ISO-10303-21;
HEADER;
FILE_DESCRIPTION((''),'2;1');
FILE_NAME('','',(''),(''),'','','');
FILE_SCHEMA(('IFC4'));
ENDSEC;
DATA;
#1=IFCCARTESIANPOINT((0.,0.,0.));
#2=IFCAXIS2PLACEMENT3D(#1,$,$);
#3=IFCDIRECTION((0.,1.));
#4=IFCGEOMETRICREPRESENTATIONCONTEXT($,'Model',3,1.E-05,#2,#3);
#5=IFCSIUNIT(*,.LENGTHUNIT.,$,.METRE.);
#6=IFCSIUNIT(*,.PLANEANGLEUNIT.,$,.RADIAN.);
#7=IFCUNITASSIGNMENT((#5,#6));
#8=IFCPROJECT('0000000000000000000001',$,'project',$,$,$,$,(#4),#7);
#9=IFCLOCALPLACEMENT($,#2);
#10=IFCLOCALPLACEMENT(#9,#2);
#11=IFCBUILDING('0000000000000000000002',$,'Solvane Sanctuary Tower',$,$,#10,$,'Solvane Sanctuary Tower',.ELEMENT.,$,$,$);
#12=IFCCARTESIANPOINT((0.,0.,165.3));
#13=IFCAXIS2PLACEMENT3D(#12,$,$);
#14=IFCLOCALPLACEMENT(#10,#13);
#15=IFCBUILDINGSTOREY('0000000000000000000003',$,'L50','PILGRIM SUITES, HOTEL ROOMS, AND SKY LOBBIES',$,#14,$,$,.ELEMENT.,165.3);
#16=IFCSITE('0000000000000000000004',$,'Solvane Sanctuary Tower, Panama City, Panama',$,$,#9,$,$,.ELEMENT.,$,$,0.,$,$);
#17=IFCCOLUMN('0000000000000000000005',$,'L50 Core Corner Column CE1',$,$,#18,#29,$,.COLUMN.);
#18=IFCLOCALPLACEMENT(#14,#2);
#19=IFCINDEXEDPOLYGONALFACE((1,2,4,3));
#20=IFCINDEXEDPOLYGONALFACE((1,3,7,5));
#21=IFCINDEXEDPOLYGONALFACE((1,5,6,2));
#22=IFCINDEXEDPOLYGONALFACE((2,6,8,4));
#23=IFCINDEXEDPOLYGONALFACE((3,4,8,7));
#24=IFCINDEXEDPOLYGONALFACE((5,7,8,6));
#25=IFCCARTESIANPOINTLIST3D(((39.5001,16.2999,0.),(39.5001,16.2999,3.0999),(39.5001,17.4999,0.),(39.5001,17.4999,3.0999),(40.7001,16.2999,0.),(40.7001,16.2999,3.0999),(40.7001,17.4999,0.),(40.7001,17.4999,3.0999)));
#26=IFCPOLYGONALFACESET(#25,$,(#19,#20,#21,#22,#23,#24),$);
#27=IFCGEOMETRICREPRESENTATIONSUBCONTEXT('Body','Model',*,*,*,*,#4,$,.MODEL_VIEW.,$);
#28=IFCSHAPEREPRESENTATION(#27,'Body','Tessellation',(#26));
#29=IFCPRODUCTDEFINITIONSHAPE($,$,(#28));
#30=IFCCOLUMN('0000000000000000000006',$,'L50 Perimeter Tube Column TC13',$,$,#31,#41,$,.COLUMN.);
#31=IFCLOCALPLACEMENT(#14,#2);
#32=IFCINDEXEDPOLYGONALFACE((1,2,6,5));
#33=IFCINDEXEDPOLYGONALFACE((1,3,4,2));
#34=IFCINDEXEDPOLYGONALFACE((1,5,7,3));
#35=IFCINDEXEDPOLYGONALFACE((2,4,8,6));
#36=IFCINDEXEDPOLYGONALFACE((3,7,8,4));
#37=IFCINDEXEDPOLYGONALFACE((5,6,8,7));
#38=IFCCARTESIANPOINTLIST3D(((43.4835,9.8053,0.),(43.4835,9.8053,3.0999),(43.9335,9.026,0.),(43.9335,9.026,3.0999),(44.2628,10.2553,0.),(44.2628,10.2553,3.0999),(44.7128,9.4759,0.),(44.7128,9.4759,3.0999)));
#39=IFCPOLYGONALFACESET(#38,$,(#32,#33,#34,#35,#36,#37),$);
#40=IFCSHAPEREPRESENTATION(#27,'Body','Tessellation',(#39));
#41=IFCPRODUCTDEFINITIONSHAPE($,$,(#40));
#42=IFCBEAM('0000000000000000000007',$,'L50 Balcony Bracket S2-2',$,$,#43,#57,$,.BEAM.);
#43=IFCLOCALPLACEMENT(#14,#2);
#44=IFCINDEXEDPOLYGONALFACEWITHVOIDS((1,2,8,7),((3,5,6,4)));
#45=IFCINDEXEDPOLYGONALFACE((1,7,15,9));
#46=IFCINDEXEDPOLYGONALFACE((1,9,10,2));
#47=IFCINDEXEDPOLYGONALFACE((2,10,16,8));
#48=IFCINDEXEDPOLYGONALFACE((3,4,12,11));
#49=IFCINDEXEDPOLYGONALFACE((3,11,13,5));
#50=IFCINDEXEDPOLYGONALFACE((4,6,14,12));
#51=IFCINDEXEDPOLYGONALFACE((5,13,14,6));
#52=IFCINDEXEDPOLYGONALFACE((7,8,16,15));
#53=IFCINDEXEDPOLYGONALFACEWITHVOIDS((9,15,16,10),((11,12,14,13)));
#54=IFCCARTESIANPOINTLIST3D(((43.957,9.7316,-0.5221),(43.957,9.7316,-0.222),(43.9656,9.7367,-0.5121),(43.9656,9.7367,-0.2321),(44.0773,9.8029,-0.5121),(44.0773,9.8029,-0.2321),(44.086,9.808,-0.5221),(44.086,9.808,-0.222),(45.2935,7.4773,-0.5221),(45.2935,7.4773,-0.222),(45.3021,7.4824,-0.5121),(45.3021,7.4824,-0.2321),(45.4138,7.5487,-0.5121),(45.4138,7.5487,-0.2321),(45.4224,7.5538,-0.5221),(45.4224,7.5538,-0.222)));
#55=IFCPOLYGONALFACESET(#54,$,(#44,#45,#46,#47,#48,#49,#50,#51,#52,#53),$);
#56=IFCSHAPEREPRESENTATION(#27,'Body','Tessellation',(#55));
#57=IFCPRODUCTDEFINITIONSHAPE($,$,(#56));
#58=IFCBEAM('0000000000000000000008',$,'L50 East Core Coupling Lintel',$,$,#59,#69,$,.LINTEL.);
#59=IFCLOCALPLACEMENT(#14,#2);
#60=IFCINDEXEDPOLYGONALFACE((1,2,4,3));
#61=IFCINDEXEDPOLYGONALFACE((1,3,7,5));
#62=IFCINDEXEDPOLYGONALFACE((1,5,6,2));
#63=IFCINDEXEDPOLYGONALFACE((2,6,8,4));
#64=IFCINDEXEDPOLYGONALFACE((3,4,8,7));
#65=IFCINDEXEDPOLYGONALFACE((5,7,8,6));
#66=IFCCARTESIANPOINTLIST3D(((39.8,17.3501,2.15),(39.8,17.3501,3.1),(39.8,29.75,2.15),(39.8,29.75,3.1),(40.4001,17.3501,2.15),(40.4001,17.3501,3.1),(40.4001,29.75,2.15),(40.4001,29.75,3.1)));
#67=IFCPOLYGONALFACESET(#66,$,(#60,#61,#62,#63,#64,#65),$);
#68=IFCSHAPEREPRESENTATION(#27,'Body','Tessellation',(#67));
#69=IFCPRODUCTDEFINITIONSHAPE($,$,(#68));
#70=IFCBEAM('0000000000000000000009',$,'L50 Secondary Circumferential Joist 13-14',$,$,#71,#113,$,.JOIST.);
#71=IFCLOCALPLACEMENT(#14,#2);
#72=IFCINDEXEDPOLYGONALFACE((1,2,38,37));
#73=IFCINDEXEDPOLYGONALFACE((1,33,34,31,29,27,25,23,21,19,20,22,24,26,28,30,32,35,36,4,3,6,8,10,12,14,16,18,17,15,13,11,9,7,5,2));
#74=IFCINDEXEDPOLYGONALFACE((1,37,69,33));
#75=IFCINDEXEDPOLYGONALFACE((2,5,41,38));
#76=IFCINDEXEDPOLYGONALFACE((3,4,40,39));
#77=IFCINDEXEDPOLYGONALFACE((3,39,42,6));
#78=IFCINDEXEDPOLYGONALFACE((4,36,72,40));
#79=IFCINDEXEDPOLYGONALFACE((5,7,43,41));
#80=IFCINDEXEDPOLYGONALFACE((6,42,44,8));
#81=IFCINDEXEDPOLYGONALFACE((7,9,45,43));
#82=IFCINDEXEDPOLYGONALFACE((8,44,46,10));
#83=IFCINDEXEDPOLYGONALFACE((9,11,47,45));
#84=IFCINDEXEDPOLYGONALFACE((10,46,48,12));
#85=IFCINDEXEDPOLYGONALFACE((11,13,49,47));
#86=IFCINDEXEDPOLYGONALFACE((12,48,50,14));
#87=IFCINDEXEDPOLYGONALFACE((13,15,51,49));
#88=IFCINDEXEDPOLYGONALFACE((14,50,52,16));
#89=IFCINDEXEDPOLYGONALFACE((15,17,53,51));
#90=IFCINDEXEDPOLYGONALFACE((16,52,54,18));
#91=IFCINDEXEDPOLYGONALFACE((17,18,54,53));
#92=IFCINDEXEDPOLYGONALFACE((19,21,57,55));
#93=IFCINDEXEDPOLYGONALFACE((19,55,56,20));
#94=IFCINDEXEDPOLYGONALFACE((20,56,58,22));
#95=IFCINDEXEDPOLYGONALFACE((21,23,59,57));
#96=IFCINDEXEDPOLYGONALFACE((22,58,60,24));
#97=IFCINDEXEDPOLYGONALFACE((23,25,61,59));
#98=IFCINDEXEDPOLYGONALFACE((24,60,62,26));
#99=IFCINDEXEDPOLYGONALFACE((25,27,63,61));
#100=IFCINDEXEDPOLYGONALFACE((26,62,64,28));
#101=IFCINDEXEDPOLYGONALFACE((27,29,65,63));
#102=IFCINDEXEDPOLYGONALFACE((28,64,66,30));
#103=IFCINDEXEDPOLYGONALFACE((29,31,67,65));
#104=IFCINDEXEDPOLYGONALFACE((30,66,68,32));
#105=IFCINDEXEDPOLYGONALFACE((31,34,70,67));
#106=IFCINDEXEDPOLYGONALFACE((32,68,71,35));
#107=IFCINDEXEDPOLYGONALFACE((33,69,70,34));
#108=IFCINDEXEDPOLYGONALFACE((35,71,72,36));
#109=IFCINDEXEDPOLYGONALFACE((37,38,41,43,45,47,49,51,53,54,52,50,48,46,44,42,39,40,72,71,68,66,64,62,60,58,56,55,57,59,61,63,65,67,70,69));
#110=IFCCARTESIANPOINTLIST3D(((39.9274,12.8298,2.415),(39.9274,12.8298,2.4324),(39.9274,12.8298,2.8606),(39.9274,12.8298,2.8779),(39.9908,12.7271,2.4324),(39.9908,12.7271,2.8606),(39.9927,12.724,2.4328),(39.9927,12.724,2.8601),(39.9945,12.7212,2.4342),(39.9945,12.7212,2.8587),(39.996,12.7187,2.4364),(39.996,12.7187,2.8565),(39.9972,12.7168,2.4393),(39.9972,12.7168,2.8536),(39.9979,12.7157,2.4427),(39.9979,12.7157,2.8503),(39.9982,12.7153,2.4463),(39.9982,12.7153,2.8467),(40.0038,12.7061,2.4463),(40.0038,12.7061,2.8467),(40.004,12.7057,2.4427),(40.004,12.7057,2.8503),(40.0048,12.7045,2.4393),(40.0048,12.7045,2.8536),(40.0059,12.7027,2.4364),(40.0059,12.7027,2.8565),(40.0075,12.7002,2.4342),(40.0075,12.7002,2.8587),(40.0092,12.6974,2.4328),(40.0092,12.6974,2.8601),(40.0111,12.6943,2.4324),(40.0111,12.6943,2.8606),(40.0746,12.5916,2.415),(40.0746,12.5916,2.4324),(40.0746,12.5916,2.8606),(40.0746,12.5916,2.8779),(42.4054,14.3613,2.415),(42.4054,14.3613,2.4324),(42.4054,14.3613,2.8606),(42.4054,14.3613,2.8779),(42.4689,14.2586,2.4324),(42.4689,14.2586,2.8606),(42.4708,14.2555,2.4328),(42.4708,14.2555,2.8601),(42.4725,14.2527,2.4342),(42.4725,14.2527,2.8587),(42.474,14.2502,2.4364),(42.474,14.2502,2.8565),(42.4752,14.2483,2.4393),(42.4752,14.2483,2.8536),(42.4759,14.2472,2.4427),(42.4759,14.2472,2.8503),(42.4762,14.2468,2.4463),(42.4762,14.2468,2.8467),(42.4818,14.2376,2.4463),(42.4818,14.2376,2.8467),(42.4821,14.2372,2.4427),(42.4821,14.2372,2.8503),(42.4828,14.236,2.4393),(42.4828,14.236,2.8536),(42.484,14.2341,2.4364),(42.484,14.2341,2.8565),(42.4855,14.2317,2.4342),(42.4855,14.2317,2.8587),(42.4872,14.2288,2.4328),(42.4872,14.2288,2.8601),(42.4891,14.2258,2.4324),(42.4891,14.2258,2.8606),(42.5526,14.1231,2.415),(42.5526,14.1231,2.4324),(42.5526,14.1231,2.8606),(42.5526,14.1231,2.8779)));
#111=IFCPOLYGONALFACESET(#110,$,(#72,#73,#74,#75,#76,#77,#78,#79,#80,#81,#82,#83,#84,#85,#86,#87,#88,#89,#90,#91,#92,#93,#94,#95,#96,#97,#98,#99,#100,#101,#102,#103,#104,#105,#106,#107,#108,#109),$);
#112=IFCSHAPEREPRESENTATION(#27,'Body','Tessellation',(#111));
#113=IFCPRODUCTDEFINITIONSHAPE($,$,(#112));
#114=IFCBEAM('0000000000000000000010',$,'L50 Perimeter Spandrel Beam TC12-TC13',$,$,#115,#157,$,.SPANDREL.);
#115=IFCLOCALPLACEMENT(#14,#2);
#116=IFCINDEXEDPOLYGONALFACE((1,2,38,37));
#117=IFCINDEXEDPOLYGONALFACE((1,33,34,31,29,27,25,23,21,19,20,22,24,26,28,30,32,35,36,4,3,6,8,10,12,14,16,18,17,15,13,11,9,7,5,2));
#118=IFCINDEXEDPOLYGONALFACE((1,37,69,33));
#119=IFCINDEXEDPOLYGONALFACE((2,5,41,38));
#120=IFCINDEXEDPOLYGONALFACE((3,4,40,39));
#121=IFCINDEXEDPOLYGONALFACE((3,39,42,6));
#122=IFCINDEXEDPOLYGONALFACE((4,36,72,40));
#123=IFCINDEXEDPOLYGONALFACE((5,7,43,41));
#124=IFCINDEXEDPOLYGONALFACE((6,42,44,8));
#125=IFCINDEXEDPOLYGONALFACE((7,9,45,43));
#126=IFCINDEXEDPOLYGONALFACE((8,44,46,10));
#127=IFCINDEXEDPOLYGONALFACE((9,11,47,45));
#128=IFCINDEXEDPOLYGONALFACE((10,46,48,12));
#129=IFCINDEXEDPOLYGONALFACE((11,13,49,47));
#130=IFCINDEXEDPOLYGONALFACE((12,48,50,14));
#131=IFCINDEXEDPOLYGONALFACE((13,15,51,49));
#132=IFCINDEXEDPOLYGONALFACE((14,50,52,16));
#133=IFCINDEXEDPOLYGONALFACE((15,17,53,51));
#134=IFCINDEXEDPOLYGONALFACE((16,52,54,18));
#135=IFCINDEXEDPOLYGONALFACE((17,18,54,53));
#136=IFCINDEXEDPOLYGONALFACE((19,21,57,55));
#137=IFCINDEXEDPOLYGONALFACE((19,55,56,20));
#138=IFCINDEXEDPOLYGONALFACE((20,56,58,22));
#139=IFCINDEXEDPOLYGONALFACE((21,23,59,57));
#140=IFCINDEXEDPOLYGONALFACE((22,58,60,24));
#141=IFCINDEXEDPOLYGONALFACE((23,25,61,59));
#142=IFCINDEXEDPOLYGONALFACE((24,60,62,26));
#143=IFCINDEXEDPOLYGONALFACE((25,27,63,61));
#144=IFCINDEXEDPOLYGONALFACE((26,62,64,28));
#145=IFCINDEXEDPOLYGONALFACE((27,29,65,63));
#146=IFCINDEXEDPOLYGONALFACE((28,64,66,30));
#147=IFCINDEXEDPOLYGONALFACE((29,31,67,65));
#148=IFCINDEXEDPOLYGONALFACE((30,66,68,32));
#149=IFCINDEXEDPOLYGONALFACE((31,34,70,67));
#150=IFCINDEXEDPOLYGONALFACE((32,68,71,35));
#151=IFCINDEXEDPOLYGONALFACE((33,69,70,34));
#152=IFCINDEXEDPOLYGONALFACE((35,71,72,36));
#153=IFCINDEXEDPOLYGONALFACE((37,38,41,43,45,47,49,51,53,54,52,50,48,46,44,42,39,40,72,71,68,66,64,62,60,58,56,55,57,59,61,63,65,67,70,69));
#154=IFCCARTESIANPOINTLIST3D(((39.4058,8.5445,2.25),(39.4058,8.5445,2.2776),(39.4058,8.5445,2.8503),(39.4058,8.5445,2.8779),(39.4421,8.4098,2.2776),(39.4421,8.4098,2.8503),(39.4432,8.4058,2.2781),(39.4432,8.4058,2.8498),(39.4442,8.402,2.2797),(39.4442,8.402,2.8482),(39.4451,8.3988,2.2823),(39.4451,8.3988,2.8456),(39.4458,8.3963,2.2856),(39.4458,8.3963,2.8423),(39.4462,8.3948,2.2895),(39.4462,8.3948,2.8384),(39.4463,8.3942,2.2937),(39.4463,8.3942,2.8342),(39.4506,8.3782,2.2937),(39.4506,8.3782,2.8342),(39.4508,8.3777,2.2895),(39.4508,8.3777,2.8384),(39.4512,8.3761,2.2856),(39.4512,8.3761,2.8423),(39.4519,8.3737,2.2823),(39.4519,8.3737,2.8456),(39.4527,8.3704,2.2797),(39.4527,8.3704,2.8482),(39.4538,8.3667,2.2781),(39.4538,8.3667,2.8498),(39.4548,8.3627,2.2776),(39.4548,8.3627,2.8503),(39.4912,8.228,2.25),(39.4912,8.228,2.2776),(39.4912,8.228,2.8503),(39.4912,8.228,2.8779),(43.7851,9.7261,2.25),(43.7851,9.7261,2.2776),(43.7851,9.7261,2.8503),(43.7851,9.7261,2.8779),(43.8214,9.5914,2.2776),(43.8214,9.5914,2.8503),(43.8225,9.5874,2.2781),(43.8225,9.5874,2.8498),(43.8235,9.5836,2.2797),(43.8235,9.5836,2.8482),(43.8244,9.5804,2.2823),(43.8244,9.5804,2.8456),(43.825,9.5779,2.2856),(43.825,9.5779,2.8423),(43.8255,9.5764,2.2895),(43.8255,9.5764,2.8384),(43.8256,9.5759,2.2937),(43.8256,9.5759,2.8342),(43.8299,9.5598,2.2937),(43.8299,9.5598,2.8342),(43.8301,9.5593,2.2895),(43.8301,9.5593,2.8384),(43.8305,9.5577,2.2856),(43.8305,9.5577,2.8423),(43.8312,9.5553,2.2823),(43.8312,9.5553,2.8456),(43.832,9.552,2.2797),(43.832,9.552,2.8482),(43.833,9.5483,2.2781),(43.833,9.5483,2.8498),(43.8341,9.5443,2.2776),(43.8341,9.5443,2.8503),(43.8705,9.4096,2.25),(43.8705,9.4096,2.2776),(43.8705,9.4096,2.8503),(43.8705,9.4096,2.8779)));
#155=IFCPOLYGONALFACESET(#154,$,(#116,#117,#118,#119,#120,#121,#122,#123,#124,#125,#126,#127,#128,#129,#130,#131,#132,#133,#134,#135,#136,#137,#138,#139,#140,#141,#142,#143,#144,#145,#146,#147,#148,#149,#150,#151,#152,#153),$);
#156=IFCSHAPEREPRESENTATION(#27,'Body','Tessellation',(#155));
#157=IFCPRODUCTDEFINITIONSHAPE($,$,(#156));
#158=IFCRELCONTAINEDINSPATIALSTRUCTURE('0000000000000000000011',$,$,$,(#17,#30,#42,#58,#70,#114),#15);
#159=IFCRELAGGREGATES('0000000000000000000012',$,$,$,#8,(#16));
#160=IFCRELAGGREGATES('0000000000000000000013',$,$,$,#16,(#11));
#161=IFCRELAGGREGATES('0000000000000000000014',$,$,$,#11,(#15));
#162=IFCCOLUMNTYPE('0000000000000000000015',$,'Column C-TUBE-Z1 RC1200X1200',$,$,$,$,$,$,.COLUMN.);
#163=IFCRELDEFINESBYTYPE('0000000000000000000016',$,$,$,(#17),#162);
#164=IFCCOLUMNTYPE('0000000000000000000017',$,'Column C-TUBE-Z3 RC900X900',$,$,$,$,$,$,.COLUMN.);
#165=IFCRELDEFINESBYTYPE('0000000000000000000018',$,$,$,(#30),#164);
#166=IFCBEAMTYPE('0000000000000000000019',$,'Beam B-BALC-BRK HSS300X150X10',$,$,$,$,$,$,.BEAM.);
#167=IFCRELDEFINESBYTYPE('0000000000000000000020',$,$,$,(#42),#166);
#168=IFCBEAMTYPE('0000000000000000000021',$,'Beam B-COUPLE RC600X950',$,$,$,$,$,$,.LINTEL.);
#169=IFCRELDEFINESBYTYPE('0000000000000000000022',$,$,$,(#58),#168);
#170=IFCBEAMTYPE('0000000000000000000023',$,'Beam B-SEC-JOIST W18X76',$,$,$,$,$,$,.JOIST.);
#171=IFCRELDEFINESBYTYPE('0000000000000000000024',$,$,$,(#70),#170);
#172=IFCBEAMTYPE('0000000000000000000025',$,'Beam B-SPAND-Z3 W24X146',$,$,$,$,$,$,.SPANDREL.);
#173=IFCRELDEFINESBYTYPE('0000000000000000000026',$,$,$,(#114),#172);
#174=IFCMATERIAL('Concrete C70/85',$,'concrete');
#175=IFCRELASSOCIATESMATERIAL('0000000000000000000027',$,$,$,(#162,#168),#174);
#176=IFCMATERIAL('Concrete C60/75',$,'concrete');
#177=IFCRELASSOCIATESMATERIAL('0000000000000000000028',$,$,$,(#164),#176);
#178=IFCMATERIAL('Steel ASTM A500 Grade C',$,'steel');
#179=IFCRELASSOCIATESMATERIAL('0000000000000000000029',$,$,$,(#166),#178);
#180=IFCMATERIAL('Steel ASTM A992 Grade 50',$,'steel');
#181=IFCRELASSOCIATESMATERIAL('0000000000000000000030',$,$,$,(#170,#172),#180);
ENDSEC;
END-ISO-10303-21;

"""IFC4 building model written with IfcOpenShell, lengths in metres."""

from ifc_helpers import new_model, si_unit, direction, frame, origin, origin_2d, place, context, subcontext, project, spatial, rectangle, hollow_rectangle, i_section, extrude, material, material_profile, profile_set, type_object, element, save


model = new_model("IFC4")

# Units and contexts
model_context = context("Model", 3, precision=1e-05, world=origin(), true_north=direction((0.0, 1.0)))
body_context = subcontext(model_context, "Body", "Model", "MODEL_VIEW")
ifc_project = project(units=[si_unit("LENGTHUNIT", "METRE"), si_unit("PLANEANGLEUNIT", "RADIAN")], contexts=[model_context])

# Site, building, storey
site_placement = place(None, origin())
site = spatial("IfcSite", under=ifc_project, at=site_placement, Name="Solvane Sanctuary Tower, Panama City, Panama", CompositionType="ELEMENT", RefElevation=0.0)
building_placement = place(site_placement, origin())
building = spatial("IfcBuilding", under=site, at=building_placement, Name="Solvane Sanctuary Tower", LongName="Solvane Sanctuary Tower", CompositionType="ELEMENT")
storey_placement = place(building_placement, frame((0.0, 0.0, 165.3)))
storey = spatial("IfcBuildingStorey", under=building, at=storey_placement, Name="L50", Description="PILGRIM SUITES, HOTEL ROOMS, AND SKY LOBBIES", CompositionType="ELEMENT", Elevation=165.3)

# Columns
ifc_material_1 = material(Name="Concrete C70/85", Category="concrete")
ifc_material_profile_1 = material_profile(ifc_material_1, rectangle(XDim=1.2, YDim=1.2, at=origin_2d()), Name="RC1200X1200")
ifc_profile_set_1 = profile_set([ifc_material_profile_1], Name="Concrete C70/85")
column_type_1 = type_object("IfcColumnType", Name="Column C-TUBE-Z1 RC1200X1200", PredefinedType="COLUMN", material=ifc_profile_set_1)
column_1_placement = place(storey_placement, frame((40.1001, 16.8999, 0.0), z_axis=(0.0, 0.0, 1.0), x_axis=(1.0, 0.0, 0.0)))
element("IfcColumn", 1, at=column_1_placement, inside=storey, type_object=column_type_1, Name="L50 Core Corner Column CE1", PredefinedType="COLUMN", context=body_context, shape_type="SweptSolid", body=[
    extrude(rectangle(XDim=1.2, YDim=1.2, at=origin_2d()), origin(), (0.0, 0.0, 1.0), 3.0999),
])
ifc_material_2 = material(Name="Concrete C60/75", Category="concrete")
ifc_material_profile_2 = material_profile(ifc_material_2, rectangle(XDim=0.8999, YDim=0.8999, at=origin_2d()), Name="RC900X900")
ifc_profile_set_2 = profile_set([ifc_material_profile_2], Name="Concrete C60/75")
column_type_2 = type_object("IfcColumnType", Name="Column C-TUBE-Z3 RC900X900", PredefinedType="COLUMN", material=ifc_profile_set_2)
column_2_placement = place(storey_placement, frame((44.0981, 9.6406, 0.0), z_axis=(0.0, 0.0, 1.0), x_axis=(0.5, -0.866025, 0.0)))
element("IfcColumn", 2, at=column_2_placement, inside=storey, type_object=column_type_2, Name="L50 Perimeter Tube Column TC13", PredefinedType="COLUMN", context=body_context, shape_type="SweptSolid", body=[
    extrude(rectangle(XDim=0.8999, YDim=0.8999, at=origin_2d()), origin(), (0.0, 0.0, 1.0), 3.0999),
])

# Beams
ifc_material_3 = material(Name="Steel ASTM A500 Grade C", Category="steel")
ifc_material_profile_3 = material_profile(ifc_material_3, hollow_rectangle(XDim=0.1499, YDim=0.3, WallThickness=0.01, at=origin_2d()), Name="HSS300X150X10")
ifc_profile_set_3 = profile_set([ifc_material_profile_3], Name="Steel ASTM A500 Grade C")
beam_type_1 = type_object("IfcBeamType", Name="Beam B-BALC-BRK HSS300X150X10", PredefinedType="BEAM", material=ifc_profile_set_3)
beam_1_placement = place(storey_placement, frame((44.0215, 9.7698, -0.3721), z_axis=(0.509981, -0.860186, 0.0), x_axis=(0.860186, 0.509981, 0.0)))
element("IfcBeam", 3, at=beam_1_placement, inside=storey, type_object=beam_type_1, Name="L50 Balcony Bracket S2-2", PredefinedType="BEAM", context=body_context, shape_type="SweptSolid", body=[
    extrude(hollow_rectangle(XDim=0.1499, YDim=0.3, WallThickness=0.01, at=origin_2d()), origin(), (0.0, 0.0, 1.0), 2.6206),
])
ifc_material_profile_4 = material_profile(ifc_material_1, rectangle(XDim=0.6001, YDim=0.95, at=origin_2d()), Name="RC600X950")
ifc_profile_set_4 = profile_set([ifc_material_profile_4], Name="Concrete C70/85")
beam_type_2 = type_object("IfcBeamType", Name="Beam B-COUPLE RC600X950", PredefinedType="LINTEL", material=ifc_profile_set_4)
beam_2_placement = place(storey_placement, frame((40.1001, 17.3501, 2.625), z_axis=(0.0, 1.0, 0.0), x_axis=(-1.0, 0.0, 0.0)))
element("IfcBeam", 4, at=beam_2_placement, inside=storey, type_object=beam_type_2, Name="L50 East Core Coupling Lintel", PredefinedType="LINTEL", context=body_context, shape_type="SweptSolid", body=[
    extrude(rectangle(XDim=0.6001, YDim=0.95, at=origin_2d()), origin(), (0.0, 0.0, 1.0), 12.3999),
])
ifc_material_4 = material(Name="Steel ASTM A992 Grade 50", Category="steel")
ifc_material_profile_5 = material_profile(ifc_material_4, i_section(OverallWidth=0.28, OverallDepth=0.4629, WebThickness=0.0107, FlangeThickness=0.0173, FilletRadius=0.0139, at=origin_2d()), Name="W18X76")
ifc_profile_set_5 = profile_set([ifc_material_profile_5], Name="Steel ASTM A992 Grade 50")
beam_type_3 = type_object("IfcBeamType", Name="Beam B-SEC-JOIST W18X76", PredefinedType="JOIST", material=ifc_profile_set_5)
beam_3_placement = place(storey_placement, frame((40.001, 12.7107, 2.6465), z_axis=(0.850652, 0.525728, 0.0), x_axis=(-0.525728, 0.850652, 0.0)))
element("IfcBeam", 5, at=beam_3_placement, inside=storey, type_object=beam_type_3, Name="L50 Secondary Circumferential Joist 13-14", PredefinedType="JOIST", context=body_context, shape_type="SweptSolid", body=[
    extrude(i_section(OverallWidth=0.28, OverallDepth=0.4629, WebThickness=0.0107, FlangeThickness=0.0173, FilletRadius=0.0139, at=origin_2d()), origin(), (0.0, 0.0, 1.0), 2.9131),
])
ifc_material_profile_6 = material_profile(ifc_material_4, i_section(OverallWidth=0.3279, OverallDepth=0.6279, WebThickness=0.0166, FlangeThickness=0.0276, FilletRadius=0.0161, at=origin_2d()), Name="W24X146")
ifc_profile_set_6 = profile_set([ifc_material_profile_6], Name="Steel ASTM A992 Grade 50")
beam_type_4 = type_object("IfcBeamType", Name="Beam B-SPAND-Z3 W24X146", PredefinedType="SPANDREL", material=ifc_profile_set_6)
beam_4_placement = place(storey_placement, frame((39.4485, 8.3862, 2.564), z_axis=(0.965473, 0.260502, 0.0), x_axis=(-0.260502, 0.965473, 0.0)))
element("IfcBeam", 6, at=beam_4_placement, inside=storey, type_object=beam_type_4, Name="L50 Perimeter Spandrel Beam TC12-TC13", PredefinedType="SPANDREL", context=body_context, shape_type="SweptSolid", body=[
    extrude(i_section(OverallWidth=0.3279, OverallDepth=0.6279, WebThickness=0.0166, FlangeThickness=0.0276, FilletRadius=0.0161, at=origin_2d()), origin(), (0.0, 0.0, 1.0), 4.5359),
])

save(model, "model.ifc")
